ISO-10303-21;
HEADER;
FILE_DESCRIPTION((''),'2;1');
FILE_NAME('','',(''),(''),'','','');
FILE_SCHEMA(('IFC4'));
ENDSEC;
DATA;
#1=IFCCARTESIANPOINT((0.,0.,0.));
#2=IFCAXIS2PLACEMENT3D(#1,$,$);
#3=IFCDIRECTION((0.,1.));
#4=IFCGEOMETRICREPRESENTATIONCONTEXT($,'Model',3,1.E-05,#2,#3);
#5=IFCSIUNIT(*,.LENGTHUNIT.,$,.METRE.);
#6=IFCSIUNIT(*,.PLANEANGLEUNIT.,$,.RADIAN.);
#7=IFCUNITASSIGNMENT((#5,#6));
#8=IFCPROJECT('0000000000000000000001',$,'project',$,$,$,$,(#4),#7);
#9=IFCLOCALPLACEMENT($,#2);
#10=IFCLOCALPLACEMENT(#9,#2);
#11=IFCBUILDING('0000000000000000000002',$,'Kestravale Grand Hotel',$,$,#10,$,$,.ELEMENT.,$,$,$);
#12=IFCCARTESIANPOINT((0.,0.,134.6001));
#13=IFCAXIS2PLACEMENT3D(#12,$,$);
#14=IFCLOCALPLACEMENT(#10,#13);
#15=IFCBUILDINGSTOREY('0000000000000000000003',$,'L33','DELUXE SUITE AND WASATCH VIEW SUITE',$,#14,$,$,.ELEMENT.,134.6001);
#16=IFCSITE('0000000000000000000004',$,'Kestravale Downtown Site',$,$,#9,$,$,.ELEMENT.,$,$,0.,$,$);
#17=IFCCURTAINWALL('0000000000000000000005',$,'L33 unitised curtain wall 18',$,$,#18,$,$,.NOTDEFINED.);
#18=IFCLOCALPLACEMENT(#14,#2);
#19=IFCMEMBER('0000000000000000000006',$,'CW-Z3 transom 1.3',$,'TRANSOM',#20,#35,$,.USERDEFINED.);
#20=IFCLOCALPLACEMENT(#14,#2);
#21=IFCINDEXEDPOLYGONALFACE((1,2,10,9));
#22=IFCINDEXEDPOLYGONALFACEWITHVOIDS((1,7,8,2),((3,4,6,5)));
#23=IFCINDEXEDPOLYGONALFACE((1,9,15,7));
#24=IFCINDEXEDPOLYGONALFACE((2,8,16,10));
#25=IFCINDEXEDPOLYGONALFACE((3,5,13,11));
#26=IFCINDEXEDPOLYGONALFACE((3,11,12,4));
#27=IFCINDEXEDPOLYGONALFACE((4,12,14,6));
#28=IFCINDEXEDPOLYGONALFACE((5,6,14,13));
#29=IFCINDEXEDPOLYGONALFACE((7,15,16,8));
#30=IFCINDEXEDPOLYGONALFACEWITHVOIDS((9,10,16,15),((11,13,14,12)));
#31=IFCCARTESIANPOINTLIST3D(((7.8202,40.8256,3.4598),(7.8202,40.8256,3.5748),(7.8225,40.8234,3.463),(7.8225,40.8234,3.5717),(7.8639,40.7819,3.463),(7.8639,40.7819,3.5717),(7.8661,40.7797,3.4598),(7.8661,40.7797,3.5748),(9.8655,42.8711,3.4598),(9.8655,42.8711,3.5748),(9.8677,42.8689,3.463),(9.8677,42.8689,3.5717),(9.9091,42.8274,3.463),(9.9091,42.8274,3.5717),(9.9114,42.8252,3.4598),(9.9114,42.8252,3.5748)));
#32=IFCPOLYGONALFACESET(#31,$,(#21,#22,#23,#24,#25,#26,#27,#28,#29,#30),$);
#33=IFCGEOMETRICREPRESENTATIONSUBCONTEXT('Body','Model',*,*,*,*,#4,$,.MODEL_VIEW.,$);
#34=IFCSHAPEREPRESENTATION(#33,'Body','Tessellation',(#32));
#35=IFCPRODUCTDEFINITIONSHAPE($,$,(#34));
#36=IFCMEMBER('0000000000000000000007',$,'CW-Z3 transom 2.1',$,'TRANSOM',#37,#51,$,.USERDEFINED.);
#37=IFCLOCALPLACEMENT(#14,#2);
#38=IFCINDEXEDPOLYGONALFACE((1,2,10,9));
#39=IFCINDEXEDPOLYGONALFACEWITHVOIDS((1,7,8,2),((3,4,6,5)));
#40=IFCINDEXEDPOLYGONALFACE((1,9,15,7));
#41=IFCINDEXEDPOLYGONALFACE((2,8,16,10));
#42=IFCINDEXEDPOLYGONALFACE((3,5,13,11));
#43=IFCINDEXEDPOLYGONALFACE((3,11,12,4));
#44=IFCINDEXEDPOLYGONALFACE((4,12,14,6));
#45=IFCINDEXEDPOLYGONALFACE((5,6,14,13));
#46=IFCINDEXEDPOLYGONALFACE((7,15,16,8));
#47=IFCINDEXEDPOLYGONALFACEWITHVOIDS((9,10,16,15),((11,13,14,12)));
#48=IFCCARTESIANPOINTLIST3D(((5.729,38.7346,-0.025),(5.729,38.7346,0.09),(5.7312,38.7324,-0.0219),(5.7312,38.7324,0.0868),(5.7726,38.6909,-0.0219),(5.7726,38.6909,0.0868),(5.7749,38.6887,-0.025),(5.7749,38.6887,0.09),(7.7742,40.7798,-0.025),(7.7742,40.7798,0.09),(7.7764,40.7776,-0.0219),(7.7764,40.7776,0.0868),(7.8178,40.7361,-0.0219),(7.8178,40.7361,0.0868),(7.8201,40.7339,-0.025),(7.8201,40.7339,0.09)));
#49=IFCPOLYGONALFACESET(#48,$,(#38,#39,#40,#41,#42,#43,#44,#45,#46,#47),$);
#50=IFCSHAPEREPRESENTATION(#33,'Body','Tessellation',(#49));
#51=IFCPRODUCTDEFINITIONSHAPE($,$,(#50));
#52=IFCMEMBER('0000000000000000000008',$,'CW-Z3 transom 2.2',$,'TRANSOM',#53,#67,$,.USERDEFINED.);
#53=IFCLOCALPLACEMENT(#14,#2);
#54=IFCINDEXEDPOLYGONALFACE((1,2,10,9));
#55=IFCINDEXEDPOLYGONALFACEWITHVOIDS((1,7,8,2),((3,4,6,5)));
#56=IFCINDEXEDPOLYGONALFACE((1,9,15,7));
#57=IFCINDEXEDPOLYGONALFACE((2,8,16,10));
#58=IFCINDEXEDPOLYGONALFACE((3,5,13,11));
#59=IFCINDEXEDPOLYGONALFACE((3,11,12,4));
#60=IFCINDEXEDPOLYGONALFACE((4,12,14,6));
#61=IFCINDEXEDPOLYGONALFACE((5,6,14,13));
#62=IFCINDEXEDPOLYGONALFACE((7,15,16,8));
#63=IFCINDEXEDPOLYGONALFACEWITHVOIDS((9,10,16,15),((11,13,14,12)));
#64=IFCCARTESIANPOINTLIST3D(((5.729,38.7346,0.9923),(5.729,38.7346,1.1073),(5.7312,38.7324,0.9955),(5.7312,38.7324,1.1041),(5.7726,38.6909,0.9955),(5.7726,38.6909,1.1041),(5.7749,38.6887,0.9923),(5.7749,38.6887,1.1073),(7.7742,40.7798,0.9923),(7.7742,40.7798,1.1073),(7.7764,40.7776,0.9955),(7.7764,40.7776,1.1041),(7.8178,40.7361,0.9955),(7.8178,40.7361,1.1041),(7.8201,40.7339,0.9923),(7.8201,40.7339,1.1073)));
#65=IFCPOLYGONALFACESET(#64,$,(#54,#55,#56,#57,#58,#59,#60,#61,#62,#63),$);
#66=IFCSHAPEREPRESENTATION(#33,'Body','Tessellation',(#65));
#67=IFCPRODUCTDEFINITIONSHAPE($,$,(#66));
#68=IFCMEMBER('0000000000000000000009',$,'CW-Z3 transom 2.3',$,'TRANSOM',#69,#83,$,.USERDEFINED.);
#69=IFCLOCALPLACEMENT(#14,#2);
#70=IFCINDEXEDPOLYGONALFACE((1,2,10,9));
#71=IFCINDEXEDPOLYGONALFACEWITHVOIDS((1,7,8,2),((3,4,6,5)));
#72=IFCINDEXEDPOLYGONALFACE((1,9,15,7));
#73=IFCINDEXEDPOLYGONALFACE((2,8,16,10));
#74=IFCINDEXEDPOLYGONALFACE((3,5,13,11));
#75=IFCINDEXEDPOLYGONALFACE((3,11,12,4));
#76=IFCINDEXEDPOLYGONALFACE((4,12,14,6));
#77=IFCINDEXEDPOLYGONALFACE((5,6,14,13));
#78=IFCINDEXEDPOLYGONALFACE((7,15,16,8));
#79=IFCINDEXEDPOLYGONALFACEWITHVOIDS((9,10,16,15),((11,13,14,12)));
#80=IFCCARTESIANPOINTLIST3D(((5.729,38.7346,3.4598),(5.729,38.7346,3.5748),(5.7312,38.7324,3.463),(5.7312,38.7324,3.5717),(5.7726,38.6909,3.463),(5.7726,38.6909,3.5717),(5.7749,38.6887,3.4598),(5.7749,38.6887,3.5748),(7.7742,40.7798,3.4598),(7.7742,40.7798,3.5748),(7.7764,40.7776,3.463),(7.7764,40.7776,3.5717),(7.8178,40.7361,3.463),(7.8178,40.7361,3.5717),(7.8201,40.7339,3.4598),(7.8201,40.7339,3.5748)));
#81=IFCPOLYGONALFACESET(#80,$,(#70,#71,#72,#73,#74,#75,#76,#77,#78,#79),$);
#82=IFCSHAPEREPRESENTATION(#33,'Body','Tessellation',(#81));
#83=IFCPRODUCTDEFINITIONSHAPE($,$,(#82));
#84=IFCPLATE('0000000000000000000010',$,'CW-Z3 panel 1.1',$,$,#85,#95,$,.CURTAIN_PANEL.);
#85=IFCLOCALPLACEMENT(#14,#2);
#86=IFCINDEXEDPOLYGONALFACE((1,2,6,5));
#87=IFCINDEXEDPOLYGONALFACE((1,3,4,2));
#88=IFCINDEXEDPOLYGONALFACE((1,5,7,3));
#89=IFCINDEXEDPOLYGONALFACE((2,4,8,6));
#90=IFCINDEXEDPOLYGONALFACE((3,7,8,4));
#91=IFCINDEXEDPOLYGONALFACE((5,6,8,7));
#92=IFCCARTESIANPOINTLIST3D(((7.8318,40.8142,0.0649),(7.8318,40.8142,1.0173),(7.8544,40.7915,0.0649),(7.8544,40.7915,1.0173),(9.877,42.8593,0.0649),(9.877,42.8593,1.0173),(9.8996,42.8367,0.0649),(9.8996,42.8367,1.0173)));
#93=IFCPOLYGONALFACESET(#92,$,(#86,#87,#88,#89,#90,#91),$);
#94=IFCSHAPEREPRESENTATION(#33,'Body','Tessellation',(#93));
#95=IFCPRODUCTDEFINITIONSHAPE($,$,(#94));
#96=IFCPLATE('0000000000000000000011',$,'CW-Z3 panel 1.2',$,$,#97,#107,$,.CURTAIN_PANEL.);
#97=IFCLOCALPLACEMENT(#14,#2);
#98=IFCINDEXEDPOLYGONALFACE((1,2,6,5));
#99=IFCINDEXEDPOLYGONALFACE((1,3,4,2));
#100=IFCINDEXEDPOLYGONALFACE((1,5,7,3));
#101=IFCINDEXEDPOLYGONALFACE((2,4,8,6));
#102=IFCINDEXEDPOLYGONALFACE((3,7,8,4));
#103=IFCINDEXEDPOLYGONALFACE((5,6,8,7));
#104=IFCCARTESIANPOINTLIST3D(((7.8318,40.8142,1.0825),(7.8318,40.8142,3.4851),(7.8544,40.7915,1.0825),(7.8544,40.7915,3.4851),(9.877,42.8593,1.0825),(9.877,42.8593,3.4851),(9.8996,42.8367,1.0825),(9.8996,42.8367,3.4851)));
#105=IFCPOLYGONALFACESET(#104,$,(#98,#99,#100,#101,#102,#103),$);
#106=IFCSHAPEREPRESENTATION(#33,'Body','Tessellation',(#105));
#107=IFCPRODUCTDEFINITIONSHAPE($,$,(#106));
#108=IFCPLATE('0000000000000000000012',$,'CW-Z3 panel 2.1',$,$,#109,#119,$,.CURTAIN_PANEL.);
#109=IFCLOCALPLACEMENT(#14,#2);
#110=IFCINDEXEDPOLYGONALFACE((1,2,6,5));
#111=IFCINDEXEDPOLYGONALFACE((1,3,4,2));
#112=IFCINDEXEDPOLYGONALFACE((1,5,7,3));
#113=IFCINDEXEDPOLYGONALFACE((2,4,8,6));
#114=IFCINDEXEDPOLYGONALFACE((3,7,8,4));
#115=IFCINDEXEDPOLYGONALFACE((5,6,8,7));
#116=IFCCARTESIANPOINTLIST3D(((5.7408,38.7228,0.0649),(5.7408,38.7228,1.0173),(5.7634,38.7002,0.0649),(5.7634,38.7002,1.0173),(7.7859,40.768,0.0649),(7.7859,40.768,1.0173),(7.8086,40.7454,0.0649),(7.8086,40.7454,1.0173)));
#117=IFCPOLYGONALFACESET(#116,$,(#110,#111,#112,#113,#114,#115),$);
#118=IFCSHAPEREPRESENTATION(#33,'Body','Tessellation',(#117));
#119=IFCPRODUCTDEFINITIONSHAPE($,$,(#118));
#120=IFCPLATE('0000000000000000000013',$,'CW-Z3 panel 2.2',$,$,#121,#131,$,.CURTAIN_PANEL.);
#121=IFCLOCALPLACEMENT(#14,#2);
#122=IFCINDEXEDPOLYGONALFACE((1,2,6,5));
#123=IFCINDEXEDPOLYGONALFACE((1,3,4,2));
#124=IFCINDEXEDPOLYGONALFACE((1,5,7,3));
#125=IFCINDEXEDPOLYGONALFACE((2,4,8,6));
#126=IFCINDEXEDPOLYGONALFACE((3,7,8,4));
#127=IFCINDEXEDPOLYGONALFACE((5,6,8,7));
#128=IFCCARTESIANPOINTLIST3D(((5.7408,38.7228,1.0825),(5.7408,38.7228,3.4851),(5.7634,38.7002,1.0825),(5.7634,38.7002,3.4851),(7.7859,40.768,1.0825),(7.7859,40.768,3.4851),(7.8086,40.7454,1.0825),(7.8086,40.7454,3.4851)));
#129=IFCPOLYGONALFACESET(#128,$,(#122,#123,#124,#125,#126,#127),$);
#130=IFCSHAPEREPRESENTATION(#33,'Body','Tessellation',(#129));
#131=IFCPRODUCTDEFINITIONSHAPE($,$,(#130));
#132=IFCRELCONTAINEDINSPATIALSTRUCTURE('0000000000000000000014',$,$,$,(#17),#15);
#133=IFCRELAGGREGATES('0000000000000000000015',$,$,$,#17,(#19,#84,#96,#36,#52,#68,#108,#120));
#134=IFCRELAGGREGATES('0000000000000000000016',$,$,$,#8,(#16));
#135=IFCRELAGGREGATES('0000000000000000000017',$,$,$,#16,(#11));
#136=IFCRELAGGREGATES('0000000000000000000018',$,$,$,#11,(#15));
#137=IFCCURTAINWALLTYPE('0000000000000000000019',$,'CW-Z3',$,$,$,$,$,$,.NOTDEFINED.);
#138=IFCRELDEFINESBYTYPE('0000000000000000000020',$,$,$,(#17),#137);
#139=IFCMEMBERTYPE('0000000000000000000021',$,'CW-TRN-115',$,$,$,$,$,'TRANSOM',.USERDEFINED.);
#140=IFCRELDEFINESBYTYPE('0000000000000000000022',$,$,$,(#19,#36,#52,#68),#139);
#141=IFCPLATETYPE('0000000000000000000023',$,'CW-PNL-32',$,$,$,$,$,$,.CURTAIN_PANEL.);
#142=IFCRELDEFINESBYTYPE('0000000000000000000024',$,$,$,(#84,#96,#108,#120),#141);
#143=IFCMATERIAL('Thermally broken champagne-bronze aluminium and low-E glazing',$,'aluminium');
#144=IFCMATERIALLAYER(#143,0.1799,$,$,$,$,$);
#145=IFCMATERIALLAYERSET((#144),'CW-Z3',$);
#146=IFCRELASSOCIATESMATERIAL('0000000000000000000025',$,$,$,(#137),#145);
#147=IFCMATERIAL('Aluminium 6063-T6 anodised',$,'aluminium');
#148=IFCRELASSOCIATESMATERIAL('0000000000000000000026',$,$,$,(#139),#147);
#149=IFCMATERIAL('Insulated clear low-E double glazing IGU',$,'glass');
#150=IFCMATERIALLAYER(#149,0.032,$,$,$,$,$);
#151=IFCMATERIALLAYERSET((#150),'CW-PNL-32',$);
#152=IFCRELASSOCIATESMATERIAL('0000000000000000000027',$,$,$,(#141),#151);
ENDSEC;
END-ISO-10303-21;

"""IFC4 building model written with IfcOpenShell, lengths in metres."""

from ifc_helpers import new_model, si_unit, direction, frame, origin, origin_2d, place, context, subcontext, project, spatial, rectangle, hollow_rectangle, extrude, material, layer, layer_set, material_profile, profile_set, type_object, element, aggregate, save


model = new_model("IFC4")

# Units and contexts
model_context = context("Model", 3, precision=1e-05, world=origin(), true_north=direction((0.0, 1.0)))
body_context = subcontext(model_context, "Body", "Model", "MODEL_VIEW")
ifc_project = project(units=[si_unit("LENGTHUNIT", "METRE"), si_unit("PLANEANGLEUNIT", "RADIAN")], contexts=[model_context])

# Site, building, storey
site_placement = place(None, origin())
site = spatial("IfcSite", under=ifc_project, at=site_placement, Name="Kestravale Downtown Site", CompositionType="ELEMENT", RefElevation=0.0)
building_placement = place(site_placement, origin())
building = spatial("IfcBuilding", under=site, at=building_placement, Name="Kestravale Grand Hotel", CompositionType="ELEMENT")
storey_placement = place(building_placement, frame((0.0, 0.0, 134.6001)))
storey = spatial("IfcBuildingStorey", under=building, at=storey_placement, Name="L33", Description="DELUXE SUITE AND WASATCH VIEW SUITE", CompositionType="ELEMENT", Elevation=134.6001)

# Curtain wall, members, plates
ifc_material_1 = material(Name="Thermally broken champagne-bronze aluminium and low-E glazing", Category="aluminium")
ifc_layer_1 = layer(ifc_material_1, 0.1799)
ifc_layer_set_1 = layer_set([ifc_layer_1], Name="CW-Z3")
curtain_wall_type = type_object("IfcCurtainWallType", Name="CW-Z3", PredefinedType="NOTDEFINED", material=ifc_layer_set_1)
curtain_wall_placement = place(storey_placement, origin())
curtain_wall = element("IfcCurtainWall", 1, at=curtain_wall_placement, inside=storey, type_object=curtain_wall_type, Name="L33 unitised curtain wall 18", PredefinedType="NOTDEFINED")
ifc_material_2 = material(Name="Aluminium 6063-T6 anodised", Category="aluminium")
ifc_material_profile_1 = material_profile(ifc_material_2, hollow_rectangle(XDim=0.0649, YDim=0.115, WallThickness=0.0032, at=origin_2d()))
ifc_profile_set_1 = profile_set([ifc_material_profile_1], Name="Aluminium 6063-T6 anodised")
member_type_1 = type_object("IfcMemberType", Name="CW-TRN-115", ElementType="TRANSOM", PredefinedType="USERDEFINED", material=ifc_profile_set_1)
member_1_placement = place(storey_placement, frame((9.8884, 42.8481, 3.5173), z_axis=(-0.707065, -0.707149, 0.0), x_axis=(0.707149, -0.707065, 0.0)))
member_1 = element("IfcMember", 2, at=member_1_placement, type_object=member_type_1, Name="CW-Z3 transom 1.3", ObjectType="TRANSOM", PredefinedType="USERDEFINED", context=body_context, shape_type="SweptSolid", body=[
    extrude(hollow_rectangle(XDim=0.0649, YDim=0.115, WallThickness=0.0032, at=origin_2d()), origin(), (0.0, 0.0, 1.0), 2.8926),
])
member_2_placement = place(storey_placement, frame((7.7971, 40.7568, 0.0325), z_axis=(-0.707107, -0.707107, 0.0), x_axis=(0.707107, -0.707107, 0.0)))
member_2 = element("IfcMember", 3, at=member_2_placement, type_object=member_type_1, Name="CW-Z3 transom 2.1", ObjectType="TRANSOM", PredefinedType="USERDEFINED", context=body_context, shape_type="SweptSolid", body=[
    extrude(hollow_rectangle(XDim=0.0649, YDim=0.115, WallThickness=0.0032, at=origin_2d()), origin(), (0.0, 0.0, 1.0), 2.8923),
])
member_3_placement = place(storey_placement, frame((7.7971, 40.7568, 1.0498), z_axis=(-0.707107, -0.707107, 0.0), x_axis=(0.707107, -0.707107, 0.0)))
member_3 = element("IfcMember", 4, at=member_3_placement, type_object=member_type_1, Name="CW-Z3 transom 2.2", ObjectType="TRANSOM", PredefinedType="USERDEFINED", context=body_context, shape_type="SweptSolid", body=[
    extrude(hollow_rectangle(XDim=0.0649, YDim=0.115, WallThickness=0.0032, at=origin_2d()), origin(), (0.0, 0.0, 1.0), 2.8923),
])
member_4_placement = place(storey_placement, frame((7.7971, 40.7568, 3.5173), z_axis=(-0.707107, -0.707107, 0.0), x_axis=(0.707107, -0.707107, 0.0)))
member_4 = element("IfcMember", 5, at=member_4_placement, type_object=member_type_1, Name="CW-Z3 transom 2.3", ObjectType="TRANSOM", PredefinedType="USERDEFINED", context=body_context, shape_type="SweptSolid", body=[
    extrude(hollow_rectangle(XDim=0.0649, YDim=0.115, WallThickness=0.0032, at=origin_2d()), origin(), (0.0, 0.0, 1.0), 2.8923),
])
ifc_material_3 = material(Name="Insulated clear low-E double glazing IGU", Category="glass")
ifc_layer_2 = layer(ifc_material_3, 0.032)
ifc_layer_set_2 = layer_set([ifc_layer_2], Name="CW-PNL-32")
plate_type = type_object("IfcPlateType", Name="CW-PNL-32", PredefinedType="CURTAIN_PANEL", material=ifc_layer_set_2)
plate_1_placement = place(storey_placement, frame((8.8657, 41.8254, 0.0649), z_axis=(0.0, 0.0, 1.0), x_axis=(-0.707107, -0.707107, 0.0)))
plate_1 = element("IfcPlate", 6, at=plate_1_placement, type_object=plate_type, Name="CW-Z3 panel 1.1", PredefinedType="CURTAIN_PANEL", context=body_context, shape_type="SweptSolid", body=[
    extrude(rectangle(XDim=2.8923, YDim=0.032, at=origin_2d()), origin(), (0.0, 0.0, 1.0), 0.9524),
])
plate_2_placement = place(storey_placement, frame((8.8657, 41.8254, 1.0825), z_axis=(0.0, 0.0, 1.0), x_axis=(-0.707107, -0.707107, 0.0)))
plate_2 = element("IfcPlate", 7, at=plate_2_placement, type_object=plate_type, Name="CW-Z3 panel 1.2", PredefinedType="CURTAIN_PANEL", context=body_context, shape_type="SweptSolid", body=[
    extrude(rectangle(XDim=2.8923, YDim=0.032, at=origin_2d()), origin(), (0.0, 0.0, 1.0), 2.4026),
])
plate_3_placement = place(storey_placement, frame((6.7747, 39.7341, 0.0649), z_axis=(0.0, 0.0, 1.0), x_axis=(-0.707107, -0.707107, 0.0)))
plate_3 = element("IfcPlate", 8, at=plate_3_placement, type_object=plate_type, Name="CW-Z3 panel 2.1", PredefinedType="CURTAIN_PANEL", context=body_context, shape_type="SweptSolid", body=[
    extrude(rectangle(XDim=2.8923, YDim=0.032, at=origin_2d()), origin(), (0.0, 0.0, 1.0), 0.9524),
])
plate_4_placement = place(storey_placement, frame((6.7747, 39.7341, 1.0825), z_axis=(0.0, 0.0, 1.0), x_axis=(-0.707107, -0.707107, 0.0)))
plate_4 = element("IfcPlate", 9, at=plate_4_placement, type_object=plate_type, Name="CW-Z3 panel 2.2", PredefinedType="CURTAIN_PANEL", context=body_context, shape_type="SweptSolid", body=[
    extrude(rectangle(XDim=2.8923, YDim=0.032, at=origin_2d()), origin(), (0.0, 0.0, 1.0), 2.4026),
])
aggregate(curtain_wall, [member_1, plate_1, plate_2, member_2, member_3, member_4, plate_3, plate_4])

save(model, "model.ifc")
